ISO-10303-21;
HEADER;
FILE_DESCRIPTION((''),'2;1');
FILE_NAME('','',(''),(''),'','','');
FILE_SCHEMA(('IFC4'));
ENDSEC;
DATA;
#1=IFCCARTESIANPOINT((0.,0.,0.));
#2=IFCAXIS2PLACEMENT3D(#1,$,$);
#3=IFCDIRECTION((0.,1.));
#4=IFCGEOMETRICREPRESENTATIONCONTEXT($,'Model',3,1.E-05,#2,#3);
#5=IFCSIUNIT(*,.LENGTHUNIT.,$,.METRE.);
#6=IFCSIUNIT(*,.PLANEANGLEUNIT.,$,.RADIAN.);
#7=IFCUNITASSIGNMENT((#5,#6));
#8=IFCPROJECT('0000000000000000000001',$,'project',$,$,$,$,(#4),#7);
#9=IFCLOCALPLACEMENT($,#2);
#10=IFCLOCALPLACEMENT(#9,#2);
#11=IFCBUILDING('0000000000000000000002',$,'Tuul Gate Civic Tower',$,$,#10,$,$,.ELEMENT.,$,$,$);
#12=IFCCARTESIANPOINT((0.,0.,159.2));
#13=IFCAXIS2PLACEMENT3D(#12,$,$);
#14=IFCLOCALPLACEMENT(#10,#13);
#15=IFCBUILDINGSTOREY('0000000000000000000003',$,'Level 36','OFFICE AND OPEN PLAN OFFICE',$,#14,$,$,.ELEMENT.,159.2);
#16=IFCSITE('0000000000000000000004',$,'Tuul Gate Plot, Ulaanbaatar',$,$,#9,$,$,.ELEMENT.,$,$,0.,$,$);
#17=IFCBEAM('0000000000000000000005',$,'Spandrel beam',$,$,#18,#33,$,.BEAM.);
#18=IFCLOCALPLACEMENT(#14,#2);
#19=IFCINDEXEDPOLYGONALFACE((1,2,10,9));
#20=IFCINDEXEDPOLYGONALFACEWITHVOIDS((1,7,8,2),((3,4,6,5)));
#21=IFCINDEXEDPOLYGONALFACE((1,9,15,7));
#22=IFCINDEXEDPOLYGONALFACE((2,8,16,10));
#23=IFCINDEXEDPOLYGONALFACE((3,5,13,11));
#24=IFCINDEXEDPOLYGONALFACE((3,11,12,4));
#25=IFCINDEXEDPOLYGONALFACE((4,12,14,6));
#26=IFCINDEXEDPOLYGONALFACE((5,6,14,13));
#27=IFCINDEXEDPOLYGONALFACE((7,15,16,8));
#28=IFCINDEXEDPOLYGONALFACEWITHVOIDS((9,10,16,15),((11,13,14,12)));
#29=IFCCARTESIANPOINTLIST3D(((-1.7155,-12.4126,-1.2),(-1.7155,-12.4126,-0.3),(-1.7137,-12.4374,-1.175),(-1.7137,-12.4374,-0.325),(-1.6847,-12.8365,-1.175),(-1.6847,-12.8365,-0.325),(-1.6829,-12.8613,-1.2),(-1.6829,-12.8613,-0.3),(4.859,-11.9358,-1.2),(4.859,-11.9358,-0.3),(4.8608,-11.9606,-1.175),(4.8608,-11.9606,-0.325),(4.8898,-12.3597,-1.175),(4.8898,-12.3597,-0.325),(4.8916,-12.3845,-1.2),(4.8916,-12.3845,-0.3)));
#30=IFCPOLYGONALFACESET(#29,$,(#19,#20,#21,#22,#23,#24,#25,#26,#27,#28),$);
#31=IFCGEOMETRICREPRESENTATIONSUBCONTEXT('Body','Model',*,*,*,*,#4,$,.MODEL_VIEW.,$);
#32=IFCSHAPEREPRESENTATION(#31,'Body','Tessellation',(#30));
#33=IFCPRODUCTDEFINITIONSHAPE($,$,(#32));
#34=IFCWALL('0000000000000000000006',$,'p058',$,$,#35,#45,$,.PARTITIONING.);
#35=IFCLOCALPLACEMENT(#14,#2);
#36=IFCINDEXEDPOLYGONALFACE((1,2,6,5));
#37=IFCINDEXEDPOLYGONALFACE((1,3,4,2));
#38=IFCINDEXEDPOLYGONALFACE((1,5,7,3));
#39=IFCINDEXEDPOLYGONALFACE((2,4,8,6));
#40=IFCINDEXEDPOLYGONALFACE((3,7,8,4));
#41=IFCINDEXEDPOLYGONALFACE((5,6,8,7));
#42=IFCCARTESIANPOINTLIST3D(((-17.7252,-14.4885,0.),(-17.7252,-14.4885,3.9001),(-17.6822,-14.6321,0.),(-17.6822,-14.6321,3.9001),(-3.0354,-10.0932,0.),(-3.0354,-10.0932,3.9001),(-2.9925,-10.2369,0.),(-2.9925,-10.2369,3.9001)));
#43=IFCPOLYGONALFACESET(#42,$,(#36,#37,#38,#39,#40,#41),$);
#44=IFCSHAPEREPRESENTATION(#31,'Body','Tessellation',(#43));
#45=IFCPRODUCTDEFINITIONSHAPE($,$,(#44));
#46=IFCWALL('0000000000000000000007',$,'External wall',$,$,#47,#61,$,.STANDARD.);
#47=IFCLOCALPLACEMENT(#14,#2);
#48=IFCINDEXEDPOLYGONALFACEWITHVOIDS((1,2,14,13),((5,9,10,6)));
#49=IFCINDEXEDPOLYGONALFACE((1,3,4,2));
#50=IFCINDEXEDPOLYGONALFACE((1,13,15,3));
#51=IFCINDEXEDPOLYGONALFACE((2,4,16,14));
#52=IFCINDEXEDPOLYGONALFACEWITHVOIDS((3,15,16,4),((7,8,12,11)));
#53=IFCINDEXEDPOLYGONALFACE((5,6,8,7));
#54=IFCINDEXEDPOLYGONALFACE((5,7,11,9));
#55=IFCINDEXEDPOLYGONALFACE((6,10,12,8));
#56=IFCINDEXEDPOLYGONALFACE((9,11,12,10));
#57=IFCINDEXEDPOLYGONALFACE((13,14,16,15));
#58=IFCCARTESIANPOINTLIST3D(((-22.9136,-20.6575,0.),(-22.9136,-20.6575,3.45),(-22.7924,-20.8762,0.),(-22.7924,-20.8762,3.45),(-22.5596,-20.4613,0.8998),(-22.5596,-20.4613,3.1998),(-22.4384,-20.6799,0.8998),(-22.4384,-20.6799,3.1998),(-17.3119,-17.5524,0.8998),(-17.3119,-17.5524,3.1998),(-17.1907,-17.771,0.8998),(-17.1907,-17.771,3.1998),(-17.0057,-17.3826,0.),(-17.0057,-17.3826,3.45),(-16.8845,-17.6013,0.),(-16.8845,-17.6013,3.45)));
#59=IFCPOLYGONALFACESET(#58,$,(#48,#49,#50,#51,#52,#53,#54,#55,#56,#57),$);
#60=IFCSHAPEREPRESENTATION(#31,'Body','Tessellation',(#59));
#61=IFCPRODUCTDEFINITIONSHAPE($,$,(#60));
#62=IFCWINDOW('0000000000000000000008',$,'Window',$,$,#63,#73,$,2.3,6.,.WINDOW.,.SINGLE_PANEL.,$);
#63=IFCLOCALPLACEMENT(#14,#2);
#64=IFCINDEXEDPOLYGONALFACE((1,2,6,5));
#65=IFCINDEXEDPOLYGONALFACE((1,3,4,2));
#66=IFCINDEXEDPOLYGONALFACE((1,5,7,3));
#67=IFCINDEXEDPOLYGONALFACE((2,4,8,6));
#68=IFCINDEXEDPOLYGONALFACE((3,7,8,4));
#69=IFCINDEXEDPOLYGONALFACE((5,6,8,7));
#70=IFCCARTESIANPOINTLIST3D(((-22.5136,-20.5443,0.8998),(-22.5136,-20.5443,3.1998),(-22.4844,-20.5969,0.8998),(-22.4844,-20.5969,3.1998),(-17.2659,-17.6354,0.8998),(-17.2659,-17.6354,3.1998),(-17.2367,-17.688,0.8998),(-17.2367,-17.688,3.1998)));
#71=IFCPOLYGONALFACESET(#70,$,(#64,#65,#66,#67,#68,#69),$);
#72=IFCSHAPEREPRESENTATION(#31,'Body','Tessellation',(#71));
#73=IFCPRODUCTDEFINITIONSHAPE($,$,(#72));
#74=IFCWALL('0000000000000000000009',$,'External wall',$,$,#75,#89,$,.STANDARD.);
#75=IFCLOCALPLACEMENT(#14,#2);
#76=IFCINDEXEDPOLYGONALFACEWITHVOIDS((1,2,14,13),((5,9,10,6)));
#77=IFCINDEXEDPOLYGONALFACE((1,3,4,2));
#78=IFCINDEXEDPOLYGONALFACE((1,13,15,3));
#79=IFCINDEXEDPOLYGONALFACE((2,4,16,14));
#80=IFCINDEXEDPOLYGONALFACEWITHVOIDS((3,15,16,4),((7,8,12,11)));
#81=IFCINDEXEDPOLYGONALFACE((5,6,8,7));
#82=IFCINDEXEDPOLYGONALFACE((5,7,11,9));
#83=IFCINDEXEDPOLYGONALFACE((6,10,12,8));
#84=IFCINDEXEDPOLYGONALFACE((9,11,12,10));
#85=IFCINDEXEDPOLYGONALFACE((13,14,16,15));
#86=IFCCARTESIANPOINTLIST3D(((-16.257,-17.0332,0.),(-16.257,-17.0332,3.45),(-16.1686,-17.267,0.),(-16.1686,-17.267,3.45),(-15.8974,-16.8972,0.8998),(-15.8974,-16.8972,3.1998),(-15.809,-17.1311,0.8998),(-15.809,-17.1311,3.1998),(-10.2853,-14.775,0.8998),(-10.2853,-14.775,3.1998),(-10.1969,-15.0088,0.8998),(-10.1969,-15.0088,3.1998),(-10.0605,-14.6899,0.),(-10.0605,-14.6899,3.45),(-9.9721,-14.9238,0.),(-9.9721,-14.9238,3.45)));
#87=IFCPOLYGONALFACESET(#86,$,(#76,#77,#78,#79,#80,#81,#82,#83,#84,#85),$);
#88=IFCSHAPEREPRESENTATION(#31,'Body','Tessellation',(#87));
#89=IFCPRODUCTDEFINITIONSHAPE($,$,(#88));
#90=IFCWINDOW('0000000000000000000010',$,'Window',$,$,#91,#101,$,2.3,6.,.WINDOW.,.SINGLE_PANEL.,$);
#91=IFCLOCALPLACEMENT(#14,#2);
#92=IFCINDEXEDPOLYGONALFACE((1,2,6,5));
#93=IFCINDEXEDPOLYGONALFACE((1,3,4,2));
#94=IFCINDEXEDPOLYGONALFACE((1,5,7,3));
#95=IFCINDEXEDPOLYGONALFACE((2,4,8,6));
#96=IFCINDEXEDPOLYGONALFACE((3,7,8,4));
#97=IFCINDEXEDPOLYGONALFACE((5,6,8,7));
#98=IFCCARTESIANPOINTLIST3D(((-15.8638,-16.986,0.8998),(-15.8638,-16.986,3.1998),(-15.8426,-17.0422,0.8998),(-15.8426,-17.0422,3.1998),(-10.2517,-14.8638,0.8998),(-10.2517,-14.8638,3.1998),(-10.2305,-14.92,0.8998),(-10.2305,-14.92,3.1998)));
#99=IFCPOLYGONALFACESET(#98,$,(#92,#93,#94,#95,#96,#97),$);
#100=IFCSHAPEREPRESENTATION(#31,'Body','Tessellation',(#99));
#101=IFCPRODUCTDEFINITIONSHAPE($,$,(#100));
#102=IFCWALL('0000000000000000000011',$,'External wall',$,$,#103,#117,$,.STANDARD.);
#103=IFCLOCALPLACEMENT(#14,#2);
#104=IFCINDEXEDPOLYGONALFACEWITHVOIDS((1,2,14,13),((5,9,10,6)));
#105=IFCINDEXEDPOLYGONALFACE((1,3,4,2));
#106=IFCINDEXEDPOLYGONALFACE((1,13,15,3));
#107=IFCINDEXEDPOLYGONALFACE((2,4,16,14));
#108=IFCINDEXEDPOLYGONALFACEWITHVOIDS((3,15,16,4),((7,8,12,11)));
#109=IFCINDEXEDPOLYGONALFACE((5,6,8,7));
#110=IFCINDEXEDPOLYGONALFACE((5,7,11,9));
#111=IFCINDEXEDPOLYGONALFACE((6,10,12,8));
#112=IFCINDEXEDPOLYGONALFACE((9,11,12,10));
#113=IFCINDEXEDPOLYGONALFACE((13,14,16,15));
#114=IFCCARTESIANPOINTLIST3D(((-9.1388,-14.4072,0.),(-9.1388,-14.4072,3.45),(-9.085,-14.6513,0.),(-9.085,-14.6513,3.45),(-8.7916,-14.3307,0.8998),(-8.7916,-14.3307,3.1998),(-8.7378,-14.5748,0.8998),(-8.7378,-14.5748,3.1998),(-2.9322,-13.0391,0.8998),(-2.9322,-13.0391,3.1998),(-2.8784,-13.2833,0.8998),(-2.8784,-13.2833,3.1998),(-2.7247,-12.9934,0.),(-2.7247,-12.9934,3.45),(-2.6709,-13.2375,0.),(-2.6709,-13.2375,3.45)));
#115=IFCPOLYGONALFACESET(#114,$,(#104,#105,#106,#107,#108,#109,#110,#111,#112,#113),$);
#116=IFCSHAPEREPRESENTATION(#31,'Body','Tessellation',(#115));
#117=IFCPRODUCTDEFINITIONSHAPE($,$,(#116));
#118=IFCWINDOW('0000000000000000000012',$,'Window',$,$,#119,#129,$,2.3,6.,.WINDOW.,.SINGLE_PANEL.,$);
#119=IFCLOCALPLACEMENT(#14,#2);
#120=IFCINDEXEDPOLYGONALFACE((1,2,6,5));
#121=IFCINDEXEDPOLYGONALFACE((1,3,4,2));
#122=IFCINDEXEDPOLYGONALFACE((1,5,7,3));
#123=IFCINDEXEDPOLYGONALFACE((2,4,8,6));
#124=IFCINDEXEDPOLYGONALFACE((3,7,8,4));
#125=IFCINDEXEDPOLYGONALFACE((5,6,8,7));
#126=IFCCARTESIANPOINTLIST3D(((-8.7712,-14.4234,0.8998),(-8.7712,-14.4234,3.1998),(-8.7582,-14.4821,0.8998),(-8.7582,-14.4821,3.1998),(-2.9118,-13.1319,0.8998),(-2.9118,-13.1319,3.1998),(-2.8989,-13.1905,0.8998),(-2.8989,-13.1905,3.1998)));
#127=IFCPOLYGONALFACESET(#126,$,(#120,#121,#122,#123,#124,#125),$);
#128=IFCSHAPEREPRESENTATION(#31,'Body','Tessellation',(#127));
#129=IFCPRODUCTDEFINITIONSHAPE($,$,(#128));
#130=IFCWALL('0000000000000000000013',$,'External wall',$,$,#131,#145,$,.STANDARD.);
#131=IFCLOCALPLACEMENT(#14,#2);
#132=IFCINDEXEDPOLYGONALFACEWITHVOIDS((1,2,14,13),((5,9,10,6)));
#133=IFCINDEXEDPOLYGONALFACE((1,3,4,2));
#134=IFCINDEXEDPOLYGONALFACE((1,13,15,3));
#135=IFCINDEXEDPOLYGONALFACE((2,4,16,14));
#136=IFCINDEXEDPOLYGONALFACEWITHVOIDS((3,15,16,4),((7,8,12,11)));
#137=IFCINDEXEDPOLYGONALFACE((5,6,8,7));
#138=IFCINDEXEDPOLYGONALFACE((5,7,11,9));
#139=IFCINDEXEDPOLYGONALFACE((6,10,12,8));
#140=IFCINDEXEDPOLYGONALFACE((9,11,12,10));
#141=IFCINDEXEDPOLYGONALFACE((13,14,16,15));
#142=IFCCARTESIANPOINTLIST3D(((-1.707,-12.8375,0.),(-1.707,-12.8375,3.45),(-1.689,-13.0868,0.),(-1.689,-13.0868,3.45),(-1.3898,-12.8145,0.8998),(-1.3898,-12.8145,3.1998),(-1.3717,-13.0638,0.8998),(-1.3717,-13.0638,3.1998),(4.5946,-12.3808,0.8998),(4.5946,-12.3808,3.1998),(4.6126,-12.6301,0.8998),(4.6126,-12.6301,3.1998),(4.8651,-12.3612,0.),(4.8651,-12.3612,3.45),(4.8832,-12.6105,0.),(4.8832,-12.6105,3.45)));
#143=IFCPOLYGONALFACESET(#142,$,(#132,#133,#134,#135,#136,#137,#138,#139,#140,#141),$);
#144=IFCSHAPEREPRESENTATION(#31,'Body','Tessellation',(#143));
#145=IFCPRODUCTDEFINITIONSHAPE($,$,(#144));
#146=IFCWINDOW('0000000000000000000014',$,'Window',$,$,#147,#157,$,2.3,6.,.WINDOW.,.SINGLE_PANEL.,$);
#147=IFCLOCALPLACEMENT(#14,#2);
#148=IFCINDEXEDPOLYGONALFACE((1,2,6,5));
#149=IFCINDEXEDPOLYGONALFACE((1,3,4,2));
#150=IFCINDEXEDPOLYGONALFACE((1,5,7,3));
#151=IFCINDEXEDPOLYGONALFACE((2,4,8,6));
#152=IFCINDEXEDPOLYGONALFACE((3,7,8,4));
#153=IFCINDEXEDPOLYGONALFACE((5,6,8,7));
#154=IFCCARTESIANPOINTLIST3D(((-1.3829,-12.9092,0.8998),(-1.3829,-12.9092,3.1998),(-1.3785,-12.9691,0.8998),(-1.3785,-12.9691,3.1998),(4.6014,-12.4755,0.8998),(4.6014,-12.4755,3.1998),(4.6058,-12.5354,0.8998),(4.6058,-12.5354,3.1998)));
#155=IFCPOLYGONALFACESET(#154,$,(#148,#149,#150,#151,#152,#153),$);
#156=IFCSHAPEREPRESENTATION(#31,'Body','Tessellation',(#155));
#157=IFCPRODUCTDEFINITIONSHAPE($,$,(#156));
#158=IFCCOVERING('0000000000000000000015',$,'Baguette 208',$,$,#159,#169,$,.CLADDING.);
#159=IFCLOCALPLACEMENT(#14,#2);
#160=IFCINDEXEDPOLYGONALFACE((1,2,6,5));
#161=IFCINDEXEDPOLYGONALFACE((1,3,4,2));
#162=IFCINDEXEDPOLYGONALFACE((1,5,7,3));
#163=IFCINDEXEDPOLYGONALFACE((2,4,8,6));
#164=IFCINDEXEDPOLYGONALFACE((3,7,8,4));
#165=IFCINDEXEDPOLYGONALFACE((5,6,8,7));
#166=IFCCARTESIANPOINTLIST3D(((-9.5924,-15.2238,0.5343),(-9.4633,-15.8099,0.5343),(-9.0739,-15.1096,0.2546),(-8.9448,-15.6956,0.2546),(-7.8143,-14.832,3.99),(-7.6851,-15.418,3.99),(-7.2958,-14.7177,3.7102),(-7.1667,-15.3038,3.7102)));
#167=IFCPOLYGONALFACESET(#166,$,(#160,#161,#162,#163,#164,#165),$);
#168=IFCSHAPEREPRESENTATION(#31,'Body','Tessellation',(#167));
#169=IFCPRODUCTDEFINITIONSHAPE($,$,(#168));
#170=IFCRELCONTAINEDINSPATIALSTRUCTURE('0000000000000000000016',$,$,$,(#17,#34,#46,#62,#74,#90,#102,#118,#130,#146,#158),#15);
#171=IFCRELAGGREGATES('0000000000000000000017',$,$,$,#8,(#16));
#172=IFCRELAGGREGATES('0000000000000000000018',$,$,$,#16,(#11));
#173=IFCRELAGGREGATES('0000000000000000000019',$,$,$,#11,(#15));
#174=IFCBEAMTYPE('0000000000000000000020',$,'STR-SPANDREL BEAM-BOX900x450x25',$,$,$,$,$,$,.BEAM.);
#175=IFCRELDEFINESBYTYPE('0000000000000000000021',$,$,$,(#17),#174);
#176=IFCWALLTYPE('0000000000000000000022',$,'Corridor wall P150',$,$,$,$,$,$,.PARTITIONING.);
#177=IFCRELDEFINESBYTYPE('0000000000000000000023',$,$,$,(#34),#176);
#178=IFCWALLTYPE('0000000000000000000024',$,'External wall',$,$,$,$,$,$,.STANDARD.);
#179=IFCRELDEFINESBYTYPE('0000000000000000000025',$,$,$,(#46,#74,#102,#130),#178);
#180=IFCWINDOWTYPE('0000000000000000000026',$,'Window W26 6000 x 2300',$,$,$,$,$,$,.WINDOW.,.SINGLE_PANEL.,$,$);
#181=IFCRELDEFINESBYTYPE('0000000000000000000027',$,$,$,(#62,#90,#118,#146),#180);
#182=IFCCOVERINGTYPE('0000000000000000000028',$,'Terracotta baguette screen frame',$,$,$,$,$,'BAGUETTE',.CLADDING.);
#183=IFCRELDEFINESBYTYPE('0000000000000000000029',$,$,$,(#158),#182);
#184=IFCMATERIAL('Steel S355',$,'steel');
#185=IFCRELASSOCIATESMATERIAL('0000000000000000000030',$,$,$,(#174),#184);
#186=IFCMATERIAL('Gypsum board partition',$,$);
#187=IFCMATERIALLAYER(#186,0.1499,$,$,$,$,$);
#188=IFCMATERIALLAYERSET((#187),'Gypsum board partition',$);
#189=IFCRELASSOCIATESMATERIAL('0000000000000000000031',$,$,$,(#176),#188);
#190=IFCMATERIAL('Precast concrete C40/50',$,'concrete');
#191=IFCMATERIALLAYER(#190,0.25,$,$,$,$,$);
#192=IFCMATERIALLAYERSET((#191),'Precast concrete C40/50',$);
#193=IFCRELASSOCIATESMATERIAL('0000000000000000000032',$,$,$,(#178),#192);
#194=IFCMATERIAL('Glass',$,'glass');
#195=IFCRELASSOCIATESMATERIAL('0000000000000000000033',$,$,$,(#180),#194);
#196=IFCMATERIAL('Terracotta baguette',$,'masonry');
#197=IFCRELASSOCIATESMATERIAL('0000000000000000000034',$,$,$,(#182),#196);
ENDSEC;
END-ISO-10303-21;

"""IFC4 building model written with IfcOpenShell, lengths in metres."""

from ifc_helpers import new_model, si_unit, direction, frame, frame_2d, origin, origin_2d, place, context, subcontext, project, spatial, rectangle, hollow_rectangle, extrude, material, layer, layer_set, material_profile, profile_set, type_object, element, fill, save


model = new_model("IFC4")

# Units and contexts
model_context = context("Model", 3, precision=1e-05, world=origin(), true_north=direction((0.0, 1.0)))
body_context = subcontext(model_context, "Body", "Model", "MODEL_VIEW")
ifc_project = project(units=[si_unit("LENGTHUNIT", "METRE"), si_unit("PLANEANGLEUNIT", "RADIAN")], contexts=[model_context])

# Site, building, storey
site_placement = place(None, origin())
site = spatial("IfcSite", under=ifc_project, at=site_placement, Name="Tuul Gate Plot, Ulaanbaatar", CompositionType="ELEMENT", RefElevation=0.0)
building_placement = place(site_placement, origin())
building = spatial("IfcBuilding", under=site, at=building_placement, Name="Tuul Gate Civic Tower", CompositionType="ELEMENT")
storey_placement = place(building_placement, frame((0.0, 0.0, 159.2)))
storey = spatial("IfcBuildingStorey", under=building, at=storey_placement, Name="Level 36", Description="OFFICE AND OPEN PLAN OFFICE", CompositionType="ELEMENT", Elevation=159.2)

# Beam
ifc_material_1 = material(Name="Steel S355", Category="steel")
ifc_material_profile_1 = material_profile(ifc_material_1, hollow_rectangle(XDim=0.45, YDim=0.8999, WallThickness=0.0249, at=origin_2d()), Name="BOX900x450x25")
ifc_profile_set_1 = profile_set([ifc_material_profile_1], Name="Steel S355")
beam_type_1 = type_object("IfcBeamType", Name="STR-SPANDREL BEAM-BOX900x450x25", PredefinedType="BEAM", material=ifc_profile_set_1)
beam_1_placement = place(storey_placement, frame((-1.6992, -12.637, -0.75), z_axis=(0.99738, 0.072334, 0.0), x_axis=(-0.072334, 0.99738, 0.0)))
element("IfcBeam", 1, at=beam_1_placement, inside=storey, type_object=beam_type_1, Name="Spandrel beam", PredefinedType="BEAM", context=body_context, shape_type="SweptSolid", body=[
    extrude(hollow_rectangle(XDim=0.45, YDim=0.8999, WallThickness=0.0249, at=origin_2d()), origin(), (0.0, 0.0, 1.0), 6.5918),
])

# Wall
ifc_material_2 = material(Name="Gypsum board partition")
ifc_layer_1 = layer(ifc_material_2, 0.1499)
ifc_layer_set_1 = layer_set([ifc_layer_1], Name="Gypsum board partition")
wall_type_1 = type_object("IfcWallType", Name="Corridor wall P150", PredefinedType="PARTITIONING", material=ifc_layer_set_1)
wall_1_placement = place(storey_placement, frame((-17.7036, -14.5603, 0.0), z_axis=(0.0, 0.0, 1.0), x_axis=(0.958035, 0.286651, 0.0)))
element("IfcWall", 2, at=wall_1_placement, inside=storey, type_object=wall_type_1, Name="p058", PredefinedType="PARTITIONING", context=body_context, shape_type="SweptSolid", body=[
    extrude(rectangle(XDim=15.3333, YDim=0.1499, at=frame_2d((7.6665, 0.0))), origin(), (0.0, 0.0, 1.0), 3.9001),
])

# Walls, openings, windows
ifc_material_3 = material(Name="Precast concrete C40/50", Category="concrete")
ifc_layer_2 = layer(ifc_material_3, 0.25)
ifc_layer_set_2 = layer_set([ifc_layer_2], Name="Precast concrete C40/50")
wall_type_2 = type_object("IfcWallType", Name="External wall", PredefinedType="STANDARD", material=ifc_layer_set_2)
wall_2_placement = place(storey_placement, frame((-22.853, -20.7668, 0.0), z_axis=(0.0, 0.0, 1.0), x_axis=(0.874615, 0.484817, 0.0)))
wall_2 = element("IfcWall", 3, at=wall_2_placement, inside=storey, type_object=wall_type_2, Name="External wall", PredefinedType="STANDARD", context=body_context, shape_type="SweptSolid", body=[
    extrude(rectangle(XDim=6.7549, YDim=0.25, at=frame_2d((3.3774, 0.0))), origin(), (0.0, 0.0, 1.0), 3.45),
])
opening_1_placement = place(wall_2_placement, frame((0.4048, 0.0, 0.8999)))
opening_1 = element("IfcOpeningElement", 4, at=opening_1_placement, cuts=wall_2, PredefinedType="OPENING", context=body_context, shape_type="SweptSolid", body=[
    extrude(rectangle(XDim=6.0, YDim=2.3, at=frame_2d((3.0, 1.1499))), frame((0.0, 0.135, 0.0), z_axis=(0.0, -1.0, 0.0), x_axis=(1.0, 0.0, 0.0)), (0.0, 0.0, 1.0), 0.27),
])
ifc_material_4 = material(Name="Glass", Category="glass")
window_type = type_object("IfcWindowType", Name="Window W26 6000 x 2300", PartitioningType="SINGLE_PANEL", PredefinedType="WINDOW", material=ifc_material_4)
window_1_placement = place(opening_1_placement, origin())
window_1 = element("IfcWindow", 5, at=window_1_placement, inside=storey, type_object=window_type, Name="Window", OverallHeight=2.3, OverallWidth=6.0, PartitioningType="SINGLE_PANEL", PredefinedType="WINDOW", context=body_context, shape_type="SweptSolid", body=[
    extrude(rectangle(XDim=6.0, YDim=2.3, at=frame_2d((3.0, 1.1499))), frame((0.0, 0.03, 0.0), z_axis=(0.0, -1.0, 0.0), x_axis=(1.0, 0.0, 0.0)), (0.0, 0.0, 1.0), 0.0601),
])
fill(opening_1, window_1)
wall_3_placement = place(storey_placement, frame((-16.2129, -17.1501, 0.0), z_axis=(0.0, 0.0, 1.0), x_axis=(0.935355, 0.353711, 0.0)))
wall_3 = element("IfcWall", 6, at=wall_3_placement, inside=storey, type_object=wall_type_2, Name="External wall", PredefinedType="STANDARD", context=body_context, shape_type="SweptSolid", body=[
    extrude(rectangle(XDim=6.6248, YDim=0.25, at=frame_2d((3.3125, 0.0))), origin(), (0.0, 0.0, 1.0), 3.45),
])
opening_2_placement = place(wall_3_placement, frame((0.3845, 0.0, 0.8999)))
opening_2 = element("IfcOpeningElement", 7, at=opening_2_placement, cuts=wall_3, PredefinedType="OPENING", context=body_context, shape_type="SweptSolid", body=[
    extrude(rectangle(XDim=6.0, YDim=2.3, at=frame_2d((3.0, 1.1499))), frame((0.0, 0.135, 0.0), z_axis=(0.0, -1.0, 0.0), x_axis=(1.0, 0.0, 0.0)), (0.0, 0.0, 1.0), 0.27),
])
window_2_placement = place(opening_2_placement, origin())
window_2 = element("IfcWindow", 8, at=window_2_placement, inside=storey, type_object=window_type, Name="Window", OverallHeight=2.3, OverallWidth=6.0, PartitioningType="SINGLE_PANEL", PredefinedType="WINDOW", context=body_context, shape_type="SweptSolid", body=[
    extrude(rectangle(XDim=6.0, YDim=2.3, at=frame_2d((3.0, 1.1499))), frame((0.0, 0.03, 0.0), z_axis=(0.0, -1.0, 0.0), x_axis=(1.0, 0.0, 0.0)), (0.0, 0.0, 1.0), 0.0601),
])
fill(opening_2, window_2)
wall_4_placement = place(storey_placement, frame((-9.1121, -14.5293, 0.0), z_axis=(0.0, 0.0, 1.0), x_axis=(0.976557, 0.215257, 0.0)))
wall_4 = element("IfcWall", 9, at=wall_4_placement, inside=storey, type_object=wall_type_2, Name="External wall", PredefinedType="STANDARD", context=body_context, shape_type="SweptSolid", body=[
    extrude(rectangle(XDim=6.5681, YDim=0.25, at=frame_2d((3.2842, 0.0))), origin(), (0.0, 0.0, 1.0), 3.45),
])
opening_3_placement = place(wall_4_placement, frame((0.3557, 0.0, 0.8999)))
opening_3 = element("IfcOpeningElement", 10, at=opening_3_placement, cuts=wall_4, PredefinedType="OPENING", context=body_context, shape_type="SweptSolid", body=[
    extrude(rectangle(XDim=6.0, YDim=2.3, at=frame_2d((3.0, 1.1499))), frame((0.0, 0.135, 0.0), z_axis=(0.0, -1.0, 0.0), x_axis=(1.0, 0.0, 0.0)), (0.0, 0.0, 1.0), 0.27),
])
window_3_placement = place(opening_3_placement, origin())
window_3 = element("IfcWindow", 11, at=window_3_placement, inside=storey, type_object=window_type, Name="Window", OverallHeight=2.3, OverallWidth=6.0, PartitioningType="SINGLE_PANEL", PredefinedType="WINDOW", context=body_context, shape_type="SweptSolid", body=[
    extrude(rectangle(XDim=6.0, YDim=2.3, at=frame_2d((3.0, 1.1499))), frame((0.0, 0.03, 0.0), z_axis=(0.0, -1.0, 0.0), x_axis=(1.0, 0.0, 0.0)), (0.0, 0.0, 1.0), 0.0601),
])
fill(opening_3, window_3)
wall_5_placement = place(storey_placement, frame((-1.698, -12.9622, 0.0), z_axis=(0.0, 0.0, 1.0), x_axis=(0.997384, 0.072287, 0.0)))
wall_5 = element("IfcWall", 12, at=wall_5_placement, inside=storey, type_object=wall_type_2, Name="External wall", PredefinedType="STANDARD", context=body_context, shape_type="SweptSolid", body=[
    extrude(rectangle(XDim=6.5894, YDim=0.25, at=frame_2d((3.2947, 0.0))), origin(), (0.0, 0.0, 1.0), 3.45),
])
opening_4_placement = place(wall_5_placement, frame((0.3181, 0.0, 0.8999)))
opening_4 = element("IfcOpeningElement", 13, at=opening_4_placement, cuts=wall_5, PredefinedType="OPENING", context=body_context, shape_type="SweptSolid", body=[
    extrude(rectangle(XDim=6.0, YDim=2.3, at=frame_2d((3.0, 1.1499))), frame((0.0, 0.135, 0.0), z_axis=(0.0, -1.0, 0.0), x_axis=(1.0, 0.0, 0.0)), (0.0, 0.0, 1.0), 0.27),
])
window_4_placement = place(opening_4_placement, origin())
window_4 = element("IfcWindow", 14, at=window_4_placement, inside=storey, type_object=window_type, Name="Window", OverallHeight=2.3, OverallWidth=6.0, PartitioningType="SINGLE_PANEL", PredefinedType="WINDOW", context=body_context, shape_type="SweptSolid", body=[
    extrude(rectangle(XDim=6.0, YDim=2.3, at=frame_2d((3.0, 1.1499))), frame((0.0, 0.03, 0.0), z_axis=(0.0, -1.0, 0.0), x_axis=(1.0, 0.0, 0.0)), (0.0, 0.0, 1.0), 0.0601),
])
fill(opening_4, window_4)

# Covering
ifc_material_5 = material(Name="Terracotta baguette", Category="masonry")
ifc_material_profile_2 = material_profile(ifc_material_5, rectangle(XDim=0.6001, YDim=0.6001, at=origin_2d()), Name="Terracotta baguette screen frame")
ifc_profile_set_2 = profile_set([ifc_material_profile_2], Name="Terracotta baguette")
covering_type = type_object("IfcCoveringType", Name="Terracotta baguette screen frame", ElementType="BAGUETTE", PredefinedType="CLADDING", material=ifc_profile_set_2)
covering_1_placement = place(storey_placement, frame((-7.4905, -15.0679, 3.8501), z_axis=(-0.455229, -0.100322, -0.884705), x_axis=(0.215212, -0.976567, 0.0)))
element("IfcCovering", 15, at=covering_1_placement, inside=storey, type_object=covering_type, Name="Baguette 208", PredefinedType="CLADDING", context=body_context, shape_type="SweptSolid", body=[
    extrude(rectangle(XDim=0.6001, YDim=0.6001, at=origin_2d()), origin(), (0.0, 0.0, 1.0), 3.906),
])

save(model, "model.ifc")
